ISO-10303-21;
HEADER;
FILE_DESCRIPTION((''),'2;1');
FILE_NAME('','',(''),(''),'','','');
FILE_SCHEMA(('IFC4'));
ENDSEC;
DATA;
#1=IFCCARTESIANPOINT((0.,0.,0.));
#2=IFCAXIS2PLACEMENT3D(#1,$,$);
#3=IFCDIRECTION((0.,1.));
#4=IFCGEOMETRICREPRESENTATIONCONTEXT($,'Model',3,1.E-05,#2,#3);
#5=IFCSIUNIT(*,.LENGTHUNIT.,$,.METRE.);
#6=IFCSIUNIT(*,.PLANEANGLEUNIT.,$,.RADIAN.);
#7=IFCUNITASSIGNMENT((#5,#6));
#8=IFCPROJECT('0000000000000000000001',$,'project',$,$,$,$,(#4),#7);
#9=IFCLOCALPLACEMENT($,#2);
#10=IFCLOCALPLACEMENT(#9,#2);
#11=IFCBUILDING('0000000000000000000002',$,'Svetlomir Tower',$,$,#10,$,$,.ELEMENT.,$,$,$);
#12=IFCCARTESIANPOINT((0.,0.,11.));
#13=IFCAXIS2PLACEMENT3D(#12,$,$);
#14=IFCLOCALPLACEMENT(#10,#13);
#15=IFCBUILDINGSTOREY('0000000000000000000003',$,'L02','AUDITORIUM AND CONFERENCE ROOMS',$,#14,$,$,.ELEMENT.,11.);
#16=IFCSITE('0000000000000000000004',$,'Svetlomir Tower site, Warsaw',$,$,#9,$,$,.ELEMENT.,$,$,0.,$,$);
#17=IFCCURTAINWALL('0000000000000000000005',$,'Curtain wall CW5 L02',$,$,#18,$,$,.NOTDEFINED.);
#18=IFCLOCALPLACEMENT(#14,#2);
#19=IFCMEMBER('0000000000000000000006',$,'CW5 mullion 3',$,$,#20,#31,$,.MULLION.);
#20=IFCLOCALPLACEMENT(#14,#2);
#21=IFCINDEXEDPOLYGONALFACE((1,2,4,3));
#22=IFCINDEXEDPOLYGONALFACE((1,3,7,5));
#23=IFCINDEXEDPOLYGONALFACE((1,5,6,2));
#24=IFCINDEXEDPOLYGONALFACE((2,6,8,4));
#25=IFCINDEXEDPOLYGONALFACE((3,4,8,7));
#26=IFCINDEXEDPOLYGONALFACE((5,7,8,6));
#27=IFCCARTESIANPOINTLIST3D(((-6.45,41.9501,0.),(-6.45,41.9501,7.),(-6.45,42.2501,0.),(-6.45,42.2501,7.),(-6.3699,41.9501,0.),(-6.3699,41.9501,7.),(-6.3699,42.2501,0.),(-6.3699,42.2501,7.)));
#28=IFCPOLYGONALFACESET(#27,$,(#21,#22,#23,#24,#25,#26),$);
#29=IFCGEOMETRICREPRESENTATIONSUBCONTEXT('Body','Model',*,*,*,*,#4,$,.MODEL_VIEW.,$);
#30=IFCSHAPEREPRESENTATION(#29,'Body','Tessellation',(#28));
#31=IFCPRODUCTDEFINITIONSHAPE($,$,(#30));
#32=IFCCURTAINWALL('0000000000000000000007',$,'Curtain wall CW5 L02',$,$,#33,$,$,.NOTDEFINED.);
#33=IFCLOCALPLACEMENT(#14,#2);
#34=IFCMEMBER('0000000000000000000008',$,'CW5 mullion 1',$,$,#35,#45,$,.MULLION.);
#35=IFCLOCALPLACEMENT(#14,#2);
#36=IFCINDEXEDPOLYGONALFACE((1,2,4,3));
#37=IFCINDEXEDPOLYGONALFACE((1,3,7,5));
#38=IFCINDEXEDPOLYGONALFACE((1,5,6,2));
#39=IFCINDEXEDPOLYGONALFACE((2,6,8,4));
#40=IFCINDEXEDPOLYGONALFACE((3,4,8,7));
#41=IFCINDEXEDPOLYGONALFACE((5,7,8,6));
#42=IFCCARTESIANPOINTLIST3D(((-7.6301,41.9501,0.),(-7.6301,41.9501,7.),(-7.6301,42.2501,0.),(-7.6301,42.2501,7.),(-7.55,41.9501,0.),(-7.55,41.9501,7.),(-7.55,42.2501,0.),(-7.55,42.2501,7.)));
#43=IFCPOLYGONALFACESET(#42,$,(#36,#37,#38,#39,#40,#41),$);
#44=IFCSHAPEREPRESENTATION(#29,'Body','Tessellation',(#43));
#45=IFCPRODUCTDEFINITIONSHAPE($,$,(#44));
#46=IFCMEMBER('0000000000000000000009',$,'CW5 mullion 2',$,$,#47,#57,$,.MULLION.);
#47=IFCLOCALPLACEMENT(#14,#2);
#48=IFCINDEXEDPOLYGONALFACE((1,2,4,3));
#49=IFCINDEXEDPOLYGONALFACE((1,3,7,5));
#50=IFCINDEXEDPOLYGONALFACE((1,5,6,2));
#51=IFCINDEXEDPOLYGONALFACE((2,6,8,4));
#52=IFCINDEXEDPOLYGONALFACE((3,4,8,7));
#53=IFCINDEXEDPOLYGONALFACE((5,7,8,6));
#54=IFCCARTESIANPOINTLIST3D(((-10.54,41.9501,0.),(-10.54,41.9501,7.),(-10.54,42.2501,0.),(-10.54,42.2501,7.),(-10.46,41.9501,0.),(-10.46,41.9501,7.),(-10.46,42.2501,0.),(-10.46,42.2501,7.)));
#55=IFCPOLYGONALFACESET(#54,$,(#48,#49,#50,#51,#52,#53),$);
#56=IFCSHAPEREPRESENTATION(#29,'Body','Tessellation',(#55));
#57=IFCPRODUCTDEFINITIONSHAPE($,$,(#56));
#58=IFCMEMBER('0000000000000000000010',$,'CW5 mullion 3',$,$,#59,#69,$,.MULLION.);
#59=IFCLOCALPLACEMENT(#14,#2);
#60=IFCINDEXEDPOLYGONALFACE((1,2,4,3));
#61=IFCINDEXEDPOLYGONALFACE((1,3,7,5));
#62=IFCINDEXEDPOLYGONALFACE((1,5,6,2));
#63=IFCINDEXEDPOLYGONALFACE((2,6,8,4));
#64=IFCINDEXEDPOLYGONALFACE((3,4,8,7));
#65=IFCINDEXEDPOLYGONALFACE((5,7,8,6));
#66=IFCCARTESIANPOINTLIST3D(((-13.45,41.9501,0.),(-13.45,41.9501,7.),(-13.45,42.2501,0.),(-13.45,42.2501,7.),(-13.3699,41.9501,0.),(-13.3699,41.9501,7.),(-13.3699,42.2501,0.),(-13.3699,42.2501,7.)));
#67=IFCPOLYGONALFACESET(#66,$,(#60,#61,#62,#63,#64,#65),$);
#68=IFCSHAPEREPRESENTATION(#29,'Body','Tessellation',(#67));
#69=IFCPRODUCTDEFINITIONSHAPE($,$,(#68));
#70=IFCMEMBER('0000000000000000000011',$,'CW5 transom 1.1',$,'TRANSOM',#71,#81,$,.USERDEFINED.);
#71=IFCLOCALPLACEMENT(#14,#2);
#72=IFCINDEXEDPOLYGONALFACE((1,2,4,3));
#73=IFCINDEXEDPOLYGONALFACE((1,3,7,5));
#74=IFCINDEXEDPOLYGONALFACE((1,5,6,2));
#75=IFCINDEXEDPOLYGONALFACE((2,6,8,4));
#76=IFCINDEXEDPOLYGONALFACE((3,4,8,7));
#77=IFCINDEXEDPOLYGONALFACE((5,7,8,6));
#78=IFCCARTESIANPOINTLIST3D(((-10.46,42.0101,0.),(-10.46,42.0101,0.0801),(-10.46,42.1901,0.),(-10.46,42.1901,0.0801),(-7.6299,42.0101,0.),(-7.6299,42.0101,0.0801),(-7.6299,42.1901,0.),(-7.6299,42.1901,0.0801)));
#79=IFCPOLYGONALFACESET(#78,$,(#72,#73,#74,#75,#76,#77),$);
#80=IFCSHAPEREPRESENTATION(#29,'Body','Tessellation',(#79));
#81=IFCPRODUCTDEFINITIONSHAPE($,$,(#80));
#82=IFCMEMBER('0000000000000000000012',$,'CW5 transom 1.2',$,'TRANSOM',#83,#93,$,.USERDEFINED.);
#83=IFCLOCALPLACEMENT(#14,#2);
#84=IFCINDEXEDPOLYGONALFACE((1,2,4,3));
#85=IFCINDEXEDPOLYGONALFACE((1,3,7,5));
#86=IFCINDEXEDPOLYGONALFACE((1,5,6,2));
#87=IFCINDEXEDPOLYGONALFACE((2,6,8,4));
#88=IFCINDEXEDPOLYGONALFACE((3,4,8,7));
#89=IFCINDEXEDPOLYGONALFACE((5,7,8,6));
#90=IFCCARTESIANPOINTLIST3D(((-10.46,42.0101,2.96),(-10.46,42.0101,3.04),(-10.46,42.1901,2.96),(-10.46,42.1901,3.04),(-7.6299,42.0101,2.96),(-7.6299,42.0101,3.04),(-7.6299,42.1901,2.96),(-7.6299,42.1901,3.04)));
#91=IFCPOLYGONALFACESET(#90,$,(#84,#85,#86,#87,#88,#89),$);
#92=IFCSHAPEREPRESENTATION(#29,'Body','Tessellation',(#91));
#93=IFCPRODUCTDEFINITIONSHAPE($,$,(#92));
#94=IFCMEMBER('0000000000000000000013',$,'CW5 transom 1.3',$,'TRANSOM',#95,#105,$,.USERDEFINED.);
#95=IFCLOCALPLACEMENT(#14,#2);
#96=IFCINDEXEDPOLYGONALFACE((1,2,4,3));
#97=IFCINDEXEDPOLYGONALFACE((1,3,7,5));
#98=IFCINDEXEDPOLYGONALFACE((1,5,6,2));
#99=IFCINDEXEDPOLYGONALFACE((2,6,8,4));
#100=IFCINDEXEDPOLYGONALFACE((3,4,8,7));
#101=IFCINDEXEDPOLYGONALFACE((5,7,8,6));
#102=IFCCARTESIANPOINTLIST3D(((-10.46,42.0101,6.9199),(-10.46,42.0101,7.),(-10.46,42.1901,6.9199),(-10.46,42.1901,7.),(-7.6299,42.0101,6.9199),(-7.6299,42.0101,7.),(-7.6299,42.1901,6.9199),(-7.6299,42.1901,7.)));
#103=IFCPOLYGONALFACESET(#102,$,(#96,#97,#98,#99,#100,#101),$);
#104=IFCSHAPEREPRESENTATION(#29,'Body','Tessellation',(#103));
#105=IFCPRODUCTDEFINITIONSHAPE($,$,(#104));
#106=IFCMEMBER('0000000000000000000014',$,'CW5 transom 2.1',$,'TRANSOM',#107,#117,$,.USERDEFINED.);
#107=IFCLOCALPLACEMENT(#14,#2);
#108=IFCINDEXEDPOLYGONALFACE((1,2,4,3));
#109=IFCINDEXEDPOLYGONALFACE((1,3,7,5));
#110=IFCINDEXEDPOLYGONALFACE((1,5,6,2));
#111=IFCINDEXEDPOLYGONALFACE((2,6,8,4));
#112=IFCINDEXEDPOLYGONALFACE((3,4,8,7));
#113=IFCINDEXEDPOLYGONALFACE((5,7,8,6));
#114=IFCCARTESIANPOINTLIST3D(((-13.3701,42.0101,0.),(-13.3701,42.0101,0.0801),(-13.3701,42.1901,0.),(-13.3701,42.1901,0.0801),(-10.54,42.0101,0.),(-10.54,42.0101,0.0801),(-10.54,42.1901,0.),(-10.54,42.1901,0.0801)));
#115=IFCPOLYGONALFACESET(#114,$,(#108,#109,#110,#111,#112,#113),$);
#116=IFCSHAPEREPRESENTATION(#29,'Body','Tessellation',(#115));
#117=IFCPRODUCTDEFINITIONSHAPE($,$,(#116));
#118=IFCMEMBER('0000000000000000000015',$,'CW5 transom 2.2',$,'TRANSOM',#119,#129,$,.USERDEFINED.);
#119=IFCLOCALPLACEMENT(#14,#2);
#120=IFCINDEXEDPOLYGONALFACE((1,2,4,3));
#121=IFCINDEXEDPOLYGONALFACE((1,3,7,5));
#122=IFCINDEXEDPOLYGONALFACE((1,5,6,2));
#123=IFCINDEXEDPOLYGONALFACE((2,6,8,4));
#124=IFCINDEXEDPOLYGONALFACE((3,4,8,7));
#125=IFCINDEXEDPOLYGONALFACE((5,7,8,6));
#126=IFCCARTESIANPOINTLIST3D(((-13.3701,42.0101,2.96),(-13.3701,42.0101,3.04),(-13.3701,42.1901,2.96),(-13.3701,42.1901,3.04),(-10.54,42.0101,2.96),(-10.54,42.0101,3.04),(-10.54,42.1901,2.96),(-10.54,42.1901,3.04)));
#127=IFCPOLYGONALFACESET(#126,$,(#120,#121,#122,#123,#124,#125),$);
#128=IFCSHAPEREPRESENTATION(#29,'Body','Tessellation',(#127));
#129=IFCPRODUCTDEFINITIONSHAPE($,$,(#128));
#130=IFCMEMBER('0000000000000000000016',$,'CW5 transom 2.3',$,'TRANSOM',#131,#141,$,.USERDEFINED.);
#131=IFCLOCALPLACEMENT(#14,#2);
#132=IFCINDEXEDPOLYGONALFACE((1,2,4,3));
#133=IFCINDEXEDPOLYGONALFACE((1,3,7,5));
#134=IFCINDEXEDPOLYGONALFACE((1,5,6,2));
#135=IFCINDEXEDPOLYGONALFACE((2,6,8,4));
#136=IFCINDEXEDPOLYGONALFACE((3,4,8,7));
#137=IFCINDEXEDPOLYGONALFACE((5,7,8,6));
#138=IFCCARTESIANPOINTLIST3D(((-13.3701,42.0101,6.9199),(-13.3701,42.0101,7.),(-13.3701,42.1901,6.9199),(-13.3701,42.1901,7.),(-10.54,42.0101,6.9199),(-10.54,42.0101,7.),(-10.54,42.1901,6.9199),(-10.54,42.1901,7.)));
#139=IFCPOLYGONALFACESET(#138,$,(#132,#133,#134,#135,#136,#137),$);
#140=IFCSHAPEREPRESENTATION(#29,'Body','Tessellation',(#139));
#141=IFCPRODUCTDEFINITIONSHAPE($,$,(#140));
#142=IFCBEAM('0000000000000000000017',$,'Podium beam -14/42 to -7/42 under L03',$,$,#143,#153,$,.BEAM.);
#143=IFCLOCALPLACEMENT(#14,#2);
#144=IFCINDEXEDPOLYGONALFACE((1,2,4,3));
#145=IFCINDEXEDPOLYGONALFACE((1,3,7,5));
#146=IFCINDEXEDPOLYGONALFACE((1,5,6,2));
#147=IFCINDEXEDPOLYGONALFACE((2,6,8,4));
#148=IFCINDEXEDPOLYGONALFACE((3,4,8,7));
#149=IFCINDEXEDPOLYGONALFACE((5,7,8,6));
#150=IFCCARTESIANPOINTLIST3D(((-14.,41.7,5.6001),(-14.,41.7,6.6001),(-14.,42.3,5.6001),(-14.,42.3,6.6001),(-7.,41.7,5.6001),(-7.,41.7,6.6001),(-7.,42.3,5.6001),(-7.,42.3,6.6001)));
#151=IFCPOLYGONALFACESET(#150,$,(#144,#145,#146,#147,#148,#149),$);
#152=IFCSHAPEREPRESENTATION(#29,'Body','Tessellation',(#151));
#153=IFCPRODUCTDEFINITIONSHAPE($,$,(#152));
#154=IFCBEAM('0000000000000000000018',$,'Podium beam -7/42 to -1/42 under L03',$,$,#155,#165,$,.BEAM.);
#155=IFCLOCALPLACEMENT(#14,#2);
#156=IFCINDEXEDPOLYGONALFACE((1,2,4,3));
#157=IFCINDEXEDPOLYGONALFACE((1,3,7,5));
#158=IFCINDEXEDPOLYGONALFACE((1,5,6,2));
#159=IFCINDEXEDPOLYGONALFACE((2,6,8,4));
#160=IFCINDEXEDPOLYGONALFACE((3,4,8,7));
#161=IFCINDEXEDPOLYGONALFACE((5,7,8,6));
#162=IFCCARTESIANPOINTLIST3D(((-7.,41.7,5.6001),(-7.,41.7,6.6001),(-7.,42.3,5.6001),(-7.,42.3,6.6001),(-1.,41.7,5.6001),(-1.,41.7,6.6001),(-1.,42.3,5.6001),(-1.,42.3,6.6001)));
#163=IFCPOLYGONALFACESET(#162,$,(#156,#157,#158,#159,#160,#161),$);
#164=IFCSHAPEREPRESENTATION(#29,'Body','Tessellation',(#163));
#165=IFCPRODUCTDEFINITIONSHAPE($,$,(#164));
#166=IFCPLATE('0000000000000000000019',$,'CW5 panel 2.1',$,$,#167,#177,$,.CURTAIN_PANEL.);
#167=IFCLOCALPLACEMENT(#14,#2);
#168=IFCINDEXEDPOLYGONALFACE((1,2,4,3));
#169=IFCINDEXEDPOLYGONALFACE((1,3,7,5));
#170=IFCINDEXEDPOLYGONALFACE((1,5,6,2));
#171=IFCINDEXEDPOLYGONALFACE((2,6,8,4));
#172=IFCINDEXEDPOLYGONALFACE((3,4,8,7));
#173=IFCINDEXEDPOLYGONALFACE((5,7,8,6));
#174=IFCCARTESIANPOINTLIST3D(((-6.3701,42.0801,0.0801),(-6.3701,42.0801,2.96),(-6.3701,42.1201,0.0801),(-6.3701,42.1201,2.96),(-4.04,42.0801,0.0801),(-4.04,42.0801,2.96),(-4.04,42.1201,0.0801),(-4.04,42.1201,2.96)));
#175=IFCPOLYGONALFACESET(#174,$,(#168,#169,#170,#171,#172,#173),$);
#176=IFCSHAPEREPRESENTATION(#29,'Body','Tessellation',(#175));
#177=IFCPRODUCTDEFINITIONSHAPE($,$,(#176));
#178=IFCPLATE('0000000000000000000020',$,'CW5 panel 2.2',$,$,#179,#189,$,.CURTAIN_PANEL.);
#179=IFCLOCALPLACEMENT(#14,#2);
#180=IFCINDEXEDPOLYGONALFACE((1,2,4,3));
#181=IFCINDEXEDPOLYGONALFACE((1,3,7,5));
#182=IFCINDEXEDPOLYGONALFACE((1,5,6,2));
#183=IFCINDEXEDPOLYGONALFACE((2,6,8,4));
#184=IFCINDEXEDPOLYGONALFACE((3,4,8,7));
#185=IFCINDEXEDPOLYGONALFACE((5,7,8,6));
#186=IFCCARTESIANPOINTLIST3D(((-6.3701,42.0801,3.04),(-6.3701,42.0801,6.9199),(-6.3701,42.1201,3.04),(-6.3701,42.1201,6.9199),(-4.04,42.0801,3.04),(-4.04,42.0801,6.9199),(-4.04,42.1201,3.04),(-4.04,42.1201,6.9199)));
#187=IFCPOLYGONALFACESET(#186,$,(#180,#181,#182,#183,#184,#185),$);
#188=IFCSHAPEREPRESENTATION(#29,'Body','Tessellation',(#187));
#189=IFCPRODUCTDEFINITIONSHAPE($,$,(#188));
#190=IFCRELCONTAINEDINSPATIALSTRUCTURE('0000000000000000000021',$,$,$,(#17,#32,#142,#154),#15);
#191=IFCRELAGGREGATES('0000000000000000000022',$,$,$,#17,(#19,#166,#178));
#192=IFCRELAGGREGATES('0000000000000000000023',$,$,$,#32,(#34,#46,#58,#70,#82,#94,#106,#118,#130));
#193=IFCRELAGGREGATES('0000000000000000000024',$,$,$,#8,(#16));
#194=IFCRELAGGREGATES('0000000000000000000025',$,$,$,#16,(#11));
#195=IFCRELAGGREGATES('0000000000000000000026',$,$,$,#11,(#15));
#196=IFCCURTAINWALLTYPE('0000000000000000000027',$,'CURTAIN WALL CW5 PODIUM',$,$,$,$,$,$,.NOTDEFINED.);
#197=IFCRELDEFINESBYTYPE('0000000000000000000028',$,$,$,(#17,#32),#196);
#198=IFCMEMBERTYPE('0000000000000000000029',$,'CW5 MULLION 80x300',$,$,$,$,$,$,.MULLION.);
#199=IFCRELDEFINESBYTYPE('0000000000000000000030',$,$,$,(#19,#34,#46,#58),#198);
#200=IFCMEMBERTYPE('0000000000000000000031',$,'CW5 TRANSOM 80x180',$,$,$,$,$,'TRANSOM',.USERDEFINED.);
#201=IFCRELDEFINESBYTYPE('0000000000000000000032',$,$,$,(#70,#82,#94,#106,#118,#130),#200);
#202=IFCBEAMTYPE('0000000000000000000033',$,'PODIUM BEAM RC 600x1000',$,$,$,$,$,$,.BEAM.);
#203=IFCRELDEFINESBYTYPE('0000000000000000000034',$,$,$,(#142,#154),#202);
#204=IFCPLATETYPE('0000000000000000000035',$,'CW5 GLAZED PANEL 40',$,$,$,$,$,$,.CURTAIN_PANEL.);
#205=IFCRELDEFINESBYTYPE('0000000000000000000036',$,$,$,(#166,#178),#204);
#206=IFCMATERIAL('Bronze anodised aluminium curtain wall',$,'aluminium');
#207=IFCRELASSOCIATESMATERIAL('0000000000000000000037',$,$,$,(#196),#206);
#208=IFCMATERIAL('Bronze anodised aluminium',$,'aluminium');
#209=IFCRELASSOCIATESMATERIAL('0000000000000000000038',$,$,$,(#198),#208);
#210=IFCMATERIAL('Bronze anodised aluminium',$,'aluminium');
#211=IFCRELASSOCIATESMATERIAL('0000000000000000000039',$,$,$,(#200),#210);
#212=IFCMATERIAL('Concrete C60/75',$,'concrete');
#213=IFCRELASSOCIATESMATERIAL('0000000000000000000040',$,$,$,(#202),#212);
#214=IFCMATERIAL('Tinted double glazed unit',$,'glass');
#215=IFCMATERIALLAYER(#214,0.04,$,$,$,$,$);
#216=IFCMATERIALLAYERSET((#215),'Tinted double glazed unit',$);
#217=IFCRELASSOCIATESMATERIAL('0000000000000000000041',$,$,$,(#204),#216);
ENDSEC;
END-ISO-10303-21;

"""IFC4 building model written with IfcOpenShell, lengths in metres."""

from ifc_helpers import new_model, si_unit, direction, frame, origin, origin_2d, place, context, subcontext, project, spatial, rectangle, extrude, material, layer, layer_set, material_profile, profile_set, type_object, element, aggregate, save


model = new_model("IFC4")

# Units and contexts
model_context = context("Model", 3, precision=1e-05, world=origin(), true_north=direction((0.0, 1.0)))
body_context = subcontext(model_context, "Body", "Model", "MODEL_VIEW")
ifc_project = project(units=[si_unit("LENGTHUNIT", "METRE"), si_unit("PLANEANGLEUNIT", "RADIAN")], contexts=[model_context])

# Site, building, storey
site_placement = place(None, origin())
site = spatial("IfcSite", under=ifc_project, at=site_placement, Name="Svetlomir Tower site, Warsaw", CompositionType="ELEMENT", RefElevation=0.0)
building_placement = place(site_placement, origin())
building = spatial("IfcBuilding", under=site, at=building_placement, Name="Svetlomir Tower", CompositionType="ELEMENT")
storey_placement = place(building_placement, frame((0.0, 0.0, 11.0)))
storey = spatial("IfcBuildingStorey", under=building, at=storey_placement, Name="L02", Description="AUDITORIUM AND CONFERENCE ROOMS", CompositionType="ELEMENT", Elevation=11.0)

# Curtain wall, member
ifc_material_1 = material(Name="Bronze anodised aluminium curtain wall", Category="aluminium")
curtain_wall_type = type_object("IfcCurtainWallType", Name="CURTAIN WALL CW5 PODIUM", PredefinedType="NOTDEFINED", material=ifc_material_1)
curtain_wall_1_placement = place(storey_placement, origin())
curtain_wall_1 = element("IfcCurtainWall", 1, at=curtain_wall_1_placement, inside=storey, type_object=curtain_wall_type, Name="Curtain wall CW5 L02", PredefinedType="NOTDEFINED")
ifc_material_2 = material(Name="Bronze anodised aluminium", Category="aluminium")
ifc_material_profile_1 = material_profile(ifc_material_2, rectangle(XDim=0.0801, YDim=0.3, at=origin_2d()), Name="AL 80x300")
ifc_profile_set_1 = profile_set([ifc_material_profile_1], Name="Bronze anodised aluminium 6063-T6")
member_type_1 = type_object("IfcMemberType", Name="CW5 MULLION 80x300", PredefinedType="MULLION", material=ifc_profile_set_1)
member_1_placement = place(storey_placement, frame((-6.4099, 42.1001, 0.0), z_axis=(0.0, 0.0, 1.0), x_axis=(-1.0, 0.0, 0.0)))
member_1 = element("IfcMember", 2, at=member_1_placement, type_object=member_type_1, Name="CW5 mullion 3", PredefinedType="MULLION", context=body_context, shape_type="SweptSolid", body=[
    extrude(rectangle(XDim=0.0801, YDim=0.3, at=origin_2d()), origin(), (0.0, 0.0, 1.0), 7.0),
])

# Curtain wall, members
curtain_wall_2_placement = place(storey_placement, origin())
curtain_wall_2 = element("IfcCurtainWall", 3, at=curtain_wall_2_placement, inside=storey, type_object=curtain_wall_type, Name="Curtain wall CW5 L02", PredefinedType="NOTDEFINED")
member_2_placement = place(storey_placement, frame((-7.5901, 42.1001, 0.0), z_axis=(0.0, 0.0, 1.0), x_axis=(-1.0, 0.0, 0.0)))
member_2 = element("IfcMember", 4, at=member_2_placement, type_object=member_type_1, Name="CW5 mullion 1", PredefinedType="MULLION", context=body_context, shape_type="SweptSolid", body=[
    extrude(rectangle(XDim=0.0801, YDim=0.3, at=origin_2d()), origin(), (0.0, 0.0, 1.0), 7.0),
])
member_3_placement = place(storey_placement, frame((-10.5, 42.1001, 0.0), z_axis=(0.0, 0.0, 1.0), x_axis=(-1.0, 0.0, 0.0)))
member_3 = element("IfcMember", 5, at=member_3_placement, type_object=member_type_1, Name="CW5 mullion 2", PredefinedType="MULLION", context=body_context, shape_type="SweptSolid", body=[
    extrude(rectangle(XDim=0.0801, YDim=0.3, at=origin_2d()), origin(), (0.0, 0.0, 1.0), 7.0),
])
member_4_placement = place(storey_placement, frame((-13.4099, 42.1001, 0.0), z_axis=(0.0, 0.0, 1.0), x_axis=(-1.0, 0.0, 0.0)))
member_4 = element("IfcMember", 6, at=member_4_placement, type_object=member_type_1, Name="CW5 mullion 3", PredefinedType="MULLION", context=body_context, shape_type="SweptSolid", body=[
    extrude(rectangle(XDim=0.0801, YDim=0.3, at=origin_2d()), origin(), (0.0, 0.0, 1.0), 7.0),
])
ifc_material_3 = material(Name="Bronze anodised aluminium", Category="aluminium")
ifc_material_profile_2 = material_profile(ifc_material_3, rectangle(XDim=0.1799, YDim=0.0801, at=origin_2d()), Name="AL 180x80")
ifc_profile_set_2 = profile_set([ifc_material_profile_2], Name="Bronze anodised aluminium 6063-T6")
member_type_2 = type_object("IfcMemberType", Name="CW5 TRANSOM 80x180", ElementType="TRANSOM", PredefinedType="USERDEFINED", material=ifc_profile_set_2)
member_5_placement = place(storey_placement, frame((-7.6299, 42.1001, 0.04), z_axis=(-1.0, 0.0, 0.0), x_axis=(0.0, -1.0, 0.0)))
member_5 = element("IfcMember", 7, at=member_5_placement, type_object=member_type_2, Name="CW5 transom 1.1", ObjectType="TRANSOM", PredefinedType="USERDEFINED", context=body_context, shape_type="SweptSolid", body=[
    extrude(rectangle(XDim=0.1799, YDim=0.0801, at=origin_2d()), origin(), (0.0, 0.0, 1.0), 2.8301),
])
member_6_placement = place(storey_placement, frame((-7.6299, 42.1001, 3.0), z_axis=(-1.0, 0.0, 0.0), x_axis=(0.0, -1.0, 0.0)))
member_6 = element("IfcMember", 8, at=member_6_placement, type_object=member_type_2, Name="CW5 transom 1.2", ObjectType="TRANSOM", PredefinedType="USERDEFINED", context=body_context, shape_type="SweptSolid", body=[
    extrude(rectangle(XDim=0.1799, YDim=0.0801, at=origin_2d()), origin(), (0.0, 0.0, 1.0), 2.8301),
])
member_7_placement = place(storey_placement, frame((-7.6299, 42.1001, 6.96), z_axis=(-1.0, 0.0, 0.0), x_axis=(0.0, -1.0, 0.0)))
member_7 = element("IfcMember", 9, at=member_7_placement, type_object=member_type_2, Name="CW5 transom 1.3", ObjectType="TRANSOM", PredefinedType="USERDEFINED", context=body_context, shape_type="SweptSolid", body=[
    extrude(rectangle(XDim=0.1799, YDim=0.0801, at=origin_2d()), origin(), (0.0, 0.0, 1.0), 2.8301),
])
member_8_placement = place(storey_placement, frame((-10.54, 42.1001, 0.04), z_axis=(-1.0, 0.0, 0.0), x_axis=(0.0, -1.0, 0.0)))
member_8 = element("IfcMember", 10, at=member_8_placement, type_object=member_type_2, Name="CW5 transom 2.1", ObjectType="TRANSOM", PredefinedType="USERDEFINED", context=body_context, shape_type="SweptSolid", body=[
    extrude(rectangle(XDim=0.1799, YDim=0.0801, at=origin_2d()), origin(), (0.0, 0.0, 1.0), 2.8301),
])
member_9_placement = place(storey_placement, frame((-10.54, 42.1001, 3.0), z_axis=(-1.0, 0.0, 0.0), x_axis=(0.0, -1.0, 0.0)))
member_9 = element("IfcMember", 11, at=member_9_placement, type_object=member_type_2, Name="CW5 transom 2.2", ObjectType="TRANSOM", PredefinedType="USERDEFINED", context=body_context, shape_type="SweptSolid", body=[
    extrude(rectangle(XDim=0.1799, YDim=0.0801, at=origin_2d()), origin(), (0.0, 0.0, 1.0), 2.8301),
])
member_10_placement = place(storey_placement, frame((-10.54, 42.1001, 6.96), z_axis=(-1.0, 0.0, 0.0), x_axis=(0.0, -1.0, 0.0)))
member_10 = element("IfcMember", 12, at=member_10_placement, type_object=member_type_2, Name="CW5 transom 2.3", ObjectType="TRANSOM", PredefinedType="USERDEFINED", context=body_context, shape_type="SweptSolid", body=[
    extrude(rectangle(XDim=0.1799, YDim=0.0801, at=origin_2d()), origin(), (0.0, 0.0, 1.0), 2.8301),
])

# Beams
ifc_material_4 = material(Name="Concrete C60/75", Category="concrete")
ifc_material_profile_3 = material_profile(ifc_material_4, rectangle(XDim=0.6001, YDim=1.0, at=origin_2d()), Name="RC 600x1000")
ifc_profile_set_3 = profile_set([ifc_material_profile_3], Name="Concrete C60/75")
beam_type = type_object("IfcBeamType", Name="PODIUM BEAM RC 600x1000", PredefinedType="BEAM", material=ifc_profile_set_3)
beam_1_placement = place(storey_placement, frame((-14.0, 42.0, 6.1001), z_axis=(1.0, 0.0, 0.0), x_axis=(0.0, 1.0, 0.0)))
element("IfcBeam", 13, at=beam_1_placement, inside=storey, type_object=beam_type, Name="Podium beam -14/42 to -7/42 under L03", PredefinedType="BEAM", context=body_context, shape_type="SweptSolid", body=[
    extrude(rectangle(XDim=0.6001, YDim=1.0, at=origin_2d()), origin(), (0.0, 0.0, 1.0), 7.0),
])
beam_2_placement = place(storey_placement, frame((-7.0, 42.0, 6.1001), z_axis=(1.0, 0.0, 0.0), x_axis=(0.0, 1.0, 0.0)))
element("IfcBeam", 14, at=beam_2_placement, inside=storey, type_object=beam_type, Name="Podium beam -7/42 to -1/42 under L03", PredefinedType="BEAM", context=body_context, shape_type="SweptSolid", body=[
    extrude(rectangle(XDim=0.6001, YDim=1.0, at=origin_2d()), origin(), (0.0, 0.0, 1.0), 6.0),
])

# Plates
ifc_material_5 = material(Name="Tinted double glazed unit", Category="glass")
ifc_layer_1 = layer(ifc_material_5, 0.04)
ifc_layer_set_1 = layer_set([ifc_layer_1], Name="Tinted double glazed unit")
plate_type = type_object("IfcPlateType", Name="CW5 GLAZED PANEL 40", PredefinedType="CURTAIN_PANEL", material=ifc_layer_set_1)
plate_1_placement = place(storey_placement, frame((-5.2051, 42.1001, 0.0801), z_axis=(0.0, 0.0, 1.0), x_axis=(-1.0, 0.0, 0.0)))
plate_1 = element("IfcPlate", 15, at=plate_1_placement, type_object=plate_type, Name="CW5 panel 2.1", PredefinedType="CURTAIN_PANEL", context=body_context, shape_type="SweptSolid", body=[
    extrude(rectangle(XDim=2.3301, YDim=0.04, at=origin_2d()), origin(), (0.0, 0.0, 1.0), 2.8799),
])
plate_2_placement = place(storey_placement, frame((-5.2051, 42.1001, 3.04), z_axis=(0.0, 0.0, 1.0), x_axis=(-1.0, 0.0, 0.0)))
plate_2 = element("IfcPlate", 16, at=plate_2_placement, type_object=plate_type, Name="CW5 panel 2.2", PredefinedType="CURTAIN_PANEL", context=body_context, shape_type="SweptSolid", body=[
    extrude(rectangle(XDim=2.3301, YDim=0.04, at=origin_2d()), origin(), (0.0, 0.0, 1.0), 3.8799),
])
aggregate(curtain_wall_1, [member_1, plate_1, plate_2])
aggregate(curtain_wall_2, [member_2, member_3, member_4, member_5, member_6, member_7, member_8, member_9, member_10])

save(model, "model.ifc")
